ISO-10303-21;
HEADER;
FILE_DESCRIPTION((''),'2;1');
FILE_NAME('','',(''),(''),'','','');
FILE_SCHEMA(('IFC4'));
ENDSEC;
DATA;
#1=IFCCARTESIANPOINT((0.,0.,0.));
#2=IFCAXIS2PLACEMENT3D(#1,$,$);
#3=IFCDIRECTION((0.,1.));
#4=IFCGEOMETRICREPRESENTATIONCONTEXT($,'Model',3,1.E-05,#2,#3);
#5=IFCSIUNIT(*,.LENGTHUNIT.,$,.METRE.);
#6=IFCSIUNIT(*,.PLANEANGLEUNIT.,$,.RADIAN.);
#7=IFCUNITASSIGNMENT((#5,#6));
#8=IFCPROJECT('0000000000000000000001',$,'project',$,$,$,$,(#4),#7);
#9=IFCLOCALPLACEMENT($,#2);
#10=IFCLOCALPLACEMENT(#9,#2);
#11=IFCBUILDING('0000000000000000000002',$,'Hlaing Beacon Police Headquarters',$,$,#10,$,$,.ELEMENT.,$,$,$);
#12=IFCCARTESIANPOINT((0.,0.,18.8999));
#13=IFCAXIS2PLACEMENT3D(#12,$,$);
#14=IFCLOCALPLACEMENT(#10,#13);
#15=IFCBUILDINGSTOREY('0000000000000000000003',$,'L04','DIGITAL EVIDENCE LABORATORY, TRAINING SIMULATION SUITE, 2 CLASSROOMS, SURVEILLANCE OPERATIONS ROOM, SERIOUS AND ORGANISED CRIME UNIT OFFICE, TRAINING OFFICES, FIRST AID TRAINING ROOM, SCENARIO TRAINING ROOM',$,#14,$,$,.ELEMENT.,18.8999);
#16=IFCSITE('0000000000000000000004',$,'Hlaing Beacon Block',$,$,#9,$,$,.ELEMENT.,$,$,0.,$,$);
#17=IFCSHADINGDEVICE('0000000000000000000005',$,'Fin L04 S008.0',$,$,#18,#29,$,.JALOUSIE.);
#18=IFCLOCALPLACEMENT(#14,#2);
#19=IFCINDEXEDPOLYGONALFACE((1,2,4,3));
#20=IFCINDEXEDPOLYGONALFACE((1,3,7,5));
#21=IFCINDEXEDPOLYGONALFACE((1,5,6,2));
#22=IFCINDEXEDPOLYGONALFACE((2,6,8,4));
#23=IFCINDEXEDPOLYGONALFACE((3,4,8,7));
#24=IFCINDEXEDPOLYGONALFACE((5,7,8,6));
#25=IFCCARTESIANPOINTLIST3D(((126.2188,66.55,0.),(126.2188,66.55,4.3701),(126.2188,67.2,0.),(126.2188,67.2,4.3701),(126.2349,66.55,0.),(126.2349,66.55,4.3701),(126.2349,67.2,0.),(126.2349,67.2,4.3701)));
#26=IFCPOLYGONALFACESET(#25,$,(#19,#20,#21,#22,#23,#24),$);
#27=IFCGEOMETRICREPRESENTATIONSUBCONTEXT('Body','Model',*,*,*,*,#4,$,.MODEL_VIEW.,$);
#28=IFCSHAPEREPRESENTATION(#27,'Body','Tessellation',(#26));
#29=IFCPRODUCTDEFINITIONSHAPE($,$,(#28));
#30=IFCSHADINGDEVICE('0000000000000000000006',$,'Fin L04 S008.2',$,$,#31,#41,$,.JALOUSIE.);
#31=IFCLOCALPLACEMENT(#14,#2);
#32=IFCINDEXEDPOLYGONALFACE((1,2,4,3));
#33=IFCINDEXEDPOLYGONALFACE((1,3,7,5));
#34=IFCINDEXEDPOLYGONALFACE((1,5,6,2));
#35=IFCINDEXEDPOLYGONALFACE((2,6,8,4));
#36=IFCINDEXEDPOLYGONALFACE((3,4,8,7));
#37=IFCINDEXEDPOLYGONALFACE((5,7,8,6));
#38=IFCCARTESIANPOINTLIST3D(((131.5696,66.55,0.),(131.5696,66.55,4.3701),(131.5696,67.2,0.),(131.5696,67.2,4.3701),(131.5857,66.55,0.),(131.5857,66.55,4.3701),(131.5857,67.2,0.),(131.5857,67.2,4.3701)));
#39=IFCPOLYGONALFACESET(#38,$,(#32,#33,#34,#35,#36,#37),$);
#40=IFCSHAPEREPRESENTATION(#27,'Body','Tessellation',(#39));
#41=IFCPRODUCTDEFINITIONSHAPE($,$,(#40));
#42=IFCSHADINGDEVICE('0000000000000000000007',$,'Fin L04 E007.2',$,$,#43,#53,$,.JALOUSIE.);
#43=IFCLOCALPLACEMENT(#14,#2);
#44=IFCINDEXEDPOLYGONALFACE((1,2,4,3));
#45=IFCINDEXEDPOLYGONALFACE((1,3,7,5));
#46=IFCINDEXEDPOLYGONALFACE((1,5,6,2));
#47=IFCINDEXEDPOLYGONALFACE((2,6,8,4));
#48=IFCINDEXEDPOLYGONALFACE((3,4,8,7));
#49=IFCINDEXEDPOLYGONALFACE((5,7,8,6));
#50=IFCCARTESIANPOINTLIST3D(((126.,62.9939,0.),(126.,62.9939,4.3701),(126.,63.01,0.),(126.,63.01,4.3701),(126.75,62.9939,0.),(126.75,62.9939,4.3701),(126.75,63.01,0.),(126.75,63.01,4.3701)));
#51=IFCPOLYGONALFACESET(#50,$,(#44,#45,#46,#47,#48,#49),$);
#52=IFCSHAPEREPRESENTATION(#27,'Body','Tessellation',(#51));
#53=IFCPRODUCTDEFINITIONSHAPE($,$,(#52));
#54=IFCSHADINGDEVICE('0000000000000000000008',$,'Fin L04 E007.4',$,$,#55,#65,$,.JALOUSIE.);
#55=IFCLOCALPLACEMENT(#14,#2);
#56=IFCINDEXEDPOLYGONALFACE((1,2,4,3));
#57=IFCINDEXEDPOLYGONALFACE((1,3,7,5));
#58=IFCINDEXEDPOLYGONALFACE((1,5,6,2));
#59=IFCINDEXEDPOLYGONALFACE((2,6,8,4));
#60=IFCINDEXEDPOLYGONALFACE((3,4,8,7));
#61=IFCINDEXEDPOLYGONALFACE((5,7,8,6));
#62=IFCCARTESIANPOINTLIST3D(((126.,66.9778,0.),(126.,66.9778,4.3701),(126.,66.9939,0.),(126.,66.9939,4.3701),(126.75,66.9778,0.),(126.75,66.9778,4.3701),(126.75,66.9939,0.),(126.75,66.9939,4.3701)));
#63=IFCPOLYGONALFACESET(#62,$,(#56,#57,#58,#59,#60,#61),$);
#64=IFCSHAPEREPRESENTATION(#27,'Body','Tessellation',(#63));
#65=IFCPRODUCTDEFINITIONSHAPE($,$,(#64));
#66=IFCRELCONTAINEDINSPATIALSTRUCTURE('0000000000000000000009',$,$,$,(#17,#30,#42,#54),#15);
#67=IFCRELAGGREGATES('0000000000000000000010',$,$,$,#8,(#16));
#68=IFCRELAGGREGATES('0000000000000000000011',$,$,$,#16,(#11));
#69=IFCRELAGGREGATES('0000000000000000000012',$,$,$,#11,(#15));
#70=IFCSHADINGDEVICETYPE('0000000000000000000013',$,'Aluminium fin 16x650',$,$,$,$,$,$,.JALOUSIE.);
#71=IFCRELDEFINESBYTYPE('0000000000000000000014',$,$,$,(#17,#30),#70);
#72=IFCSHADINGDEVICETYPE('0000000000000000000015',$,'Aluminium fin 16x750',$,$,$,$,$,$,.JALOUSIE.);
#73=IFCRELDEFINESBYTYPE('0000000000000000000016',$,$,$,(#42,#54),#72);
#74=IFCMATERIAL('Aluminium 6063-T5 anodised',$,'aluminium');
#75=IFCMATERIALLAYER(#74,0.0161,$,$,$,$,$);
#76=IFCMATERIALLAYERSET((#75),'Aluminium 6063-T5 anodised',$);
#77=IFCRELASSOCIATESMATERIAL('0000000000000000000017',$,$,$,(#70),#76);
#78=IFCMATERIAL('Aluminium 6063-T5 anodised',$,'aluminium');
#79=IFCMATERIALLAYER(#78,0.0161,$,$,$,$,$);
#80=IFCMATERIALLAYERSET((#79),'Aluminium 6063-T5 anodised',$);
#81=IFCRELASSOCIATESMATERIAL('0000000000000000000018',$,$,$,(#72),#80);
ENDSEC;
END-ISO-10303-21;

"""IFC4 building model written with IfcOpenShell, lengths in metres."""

from ifc_helpers import new_model, si_unit, direction, frame, origin, origin_2d, place, context, subcontext, project, spatial, rectangle, extrude, material, layer, layer_set, type_object, element, save


model = new_model("IFC4")

# Units and contexts
model_context = context("Model", 3, precision=1e-05, world=origin(), true_north=direction((0.0, 1.0)))
body_context = subcontext(model_context, "Body", "Model", "MODEL_VIEW")
ifc_project = project(units=[si_unit("LENGTHUNIT", "METRE"), si_unit("PLANEANGLEUNIT", "RADIAN")], contexts=[model_context])

# Site, building, storey
site_placement = place(None, origin())
site = spatial("IfcSite", under=ifc_project, at=site_placement, Name="Hlaing Beacon Block", CompositionType="ELEMENT", RefElevation=0.0)
building_placement = place(site_placement, origin())
building = spatial("IfcBuilding", under=site, at=building_placement, Name="Hlaing Beacon Police Headquarters", CompositionType="ELEMENT")
storey_placement = place(building_placement, frame((0.0, 0.0, 18.8999)))
storey = spatial("IfcBuildingStorey", under=building, at=storey_placement, Name="L04", Description="DIGITAL EVIDENCE LABORATORY, TRAINING SIMULATION SUITE, 2 CLASSROOMS, SURVEILLANCE OPERATIONS ROOM, SERIOUS AND ORGANISED CRIME UNIT OFFICE, TRAINING OFFICES, FIRST AID TRAINING ROOM, SCENARIO TRAINING ROOM", CompositionType="ELEMENT", Elevation=18.8999)

# Shading devices
ifc_material_1 = material(Name="Aluminium 6063-T5 anodised", Category="aluminium")
ifc_layer_1 = layer(ifc_material_1, 0.0161)
ifc_layer_set_1 = layer_set([ifc_layer_1], Name="Aluminium 6063-T5 anodised")
shading_device_type_1 = type_object("IfcShadingDeviceType", Name="Aluminium fin 16x650", PredefinedType="JALOUSIE", material=ifc_layer_set_1)
for number, where, z_axis, x_axis, name in (
    (1, (126.2268, 66.875, 0.0), (0.0, 0.0, 1.0), (1.0, 0.0, 0.0), "Fin L04 S008.0"),
    (2, (131.5776, 66.875, 0.0), (0.0, 0.0, 1.0), (1.0, 0.0, 0.0), "Fin L04 S008.2"),
):
    element("IfcShadingDevice", number, at=place(storey_placement, frame(where, z_axis=z_axis, x_axis=x_axis)), inside=storey, type_object=shading_device_type_1, Name=name, PredefinedType="JALOUSIE", context=body_context, shape_type="SweptSolid", body=[
        extrude(rectangle(XDim=0.0161, YDim=0.6499, at=origin_2d()), origin(), (0.0, 0.0, 1.0), 4.3701),
    ])
ifc_material_2 = material(Name="Aluminium 6063-T5 anodised", Category="aluminium")
ifc_layer_2 = layer(ifc_material_2, 0.0161)
ifc_layer_set_2 = layer_set([ifc_layer_2], Name="Aluminium 6063-T5 anodised")
shading_device_type_2 = type_object("IfcShadingDeviceType", Name="Aluminium fin 16x750", PredefinedType="JALOUSIE", material=ifc_layer_set_2)
for number, where, z_axis, x_axis, name in (
    (3, (126.375, 63.002, 0.0), (0.0, 0.0, 1.0), (0.0, 1.0, 0.0), "Fin L04 E007.2"),
    (4, (126.375, 66.9858, 0.0), (0.0, 0.0, 1.0), (0.0, 1.0, 0.0), "Fin L04 E007.4"),
):
    element("IfcShadingDevice", number, at=place(storey_placement, frame(where, z_axis=z_axis, x_axis=x_axis)), inside=storey, type_object=shading_device_type_2, Name=name, PredefinedType="JALOUSIE", context=body_context, shape_type="SweptSolid", body=[
        extrude(rectangle(XDim=0.0161, YDim=0.75, at=origin_2d()), origin(), (0.0, 0.0, 1.0), 4.3701),
    ])

save(model, "model.ifc")
